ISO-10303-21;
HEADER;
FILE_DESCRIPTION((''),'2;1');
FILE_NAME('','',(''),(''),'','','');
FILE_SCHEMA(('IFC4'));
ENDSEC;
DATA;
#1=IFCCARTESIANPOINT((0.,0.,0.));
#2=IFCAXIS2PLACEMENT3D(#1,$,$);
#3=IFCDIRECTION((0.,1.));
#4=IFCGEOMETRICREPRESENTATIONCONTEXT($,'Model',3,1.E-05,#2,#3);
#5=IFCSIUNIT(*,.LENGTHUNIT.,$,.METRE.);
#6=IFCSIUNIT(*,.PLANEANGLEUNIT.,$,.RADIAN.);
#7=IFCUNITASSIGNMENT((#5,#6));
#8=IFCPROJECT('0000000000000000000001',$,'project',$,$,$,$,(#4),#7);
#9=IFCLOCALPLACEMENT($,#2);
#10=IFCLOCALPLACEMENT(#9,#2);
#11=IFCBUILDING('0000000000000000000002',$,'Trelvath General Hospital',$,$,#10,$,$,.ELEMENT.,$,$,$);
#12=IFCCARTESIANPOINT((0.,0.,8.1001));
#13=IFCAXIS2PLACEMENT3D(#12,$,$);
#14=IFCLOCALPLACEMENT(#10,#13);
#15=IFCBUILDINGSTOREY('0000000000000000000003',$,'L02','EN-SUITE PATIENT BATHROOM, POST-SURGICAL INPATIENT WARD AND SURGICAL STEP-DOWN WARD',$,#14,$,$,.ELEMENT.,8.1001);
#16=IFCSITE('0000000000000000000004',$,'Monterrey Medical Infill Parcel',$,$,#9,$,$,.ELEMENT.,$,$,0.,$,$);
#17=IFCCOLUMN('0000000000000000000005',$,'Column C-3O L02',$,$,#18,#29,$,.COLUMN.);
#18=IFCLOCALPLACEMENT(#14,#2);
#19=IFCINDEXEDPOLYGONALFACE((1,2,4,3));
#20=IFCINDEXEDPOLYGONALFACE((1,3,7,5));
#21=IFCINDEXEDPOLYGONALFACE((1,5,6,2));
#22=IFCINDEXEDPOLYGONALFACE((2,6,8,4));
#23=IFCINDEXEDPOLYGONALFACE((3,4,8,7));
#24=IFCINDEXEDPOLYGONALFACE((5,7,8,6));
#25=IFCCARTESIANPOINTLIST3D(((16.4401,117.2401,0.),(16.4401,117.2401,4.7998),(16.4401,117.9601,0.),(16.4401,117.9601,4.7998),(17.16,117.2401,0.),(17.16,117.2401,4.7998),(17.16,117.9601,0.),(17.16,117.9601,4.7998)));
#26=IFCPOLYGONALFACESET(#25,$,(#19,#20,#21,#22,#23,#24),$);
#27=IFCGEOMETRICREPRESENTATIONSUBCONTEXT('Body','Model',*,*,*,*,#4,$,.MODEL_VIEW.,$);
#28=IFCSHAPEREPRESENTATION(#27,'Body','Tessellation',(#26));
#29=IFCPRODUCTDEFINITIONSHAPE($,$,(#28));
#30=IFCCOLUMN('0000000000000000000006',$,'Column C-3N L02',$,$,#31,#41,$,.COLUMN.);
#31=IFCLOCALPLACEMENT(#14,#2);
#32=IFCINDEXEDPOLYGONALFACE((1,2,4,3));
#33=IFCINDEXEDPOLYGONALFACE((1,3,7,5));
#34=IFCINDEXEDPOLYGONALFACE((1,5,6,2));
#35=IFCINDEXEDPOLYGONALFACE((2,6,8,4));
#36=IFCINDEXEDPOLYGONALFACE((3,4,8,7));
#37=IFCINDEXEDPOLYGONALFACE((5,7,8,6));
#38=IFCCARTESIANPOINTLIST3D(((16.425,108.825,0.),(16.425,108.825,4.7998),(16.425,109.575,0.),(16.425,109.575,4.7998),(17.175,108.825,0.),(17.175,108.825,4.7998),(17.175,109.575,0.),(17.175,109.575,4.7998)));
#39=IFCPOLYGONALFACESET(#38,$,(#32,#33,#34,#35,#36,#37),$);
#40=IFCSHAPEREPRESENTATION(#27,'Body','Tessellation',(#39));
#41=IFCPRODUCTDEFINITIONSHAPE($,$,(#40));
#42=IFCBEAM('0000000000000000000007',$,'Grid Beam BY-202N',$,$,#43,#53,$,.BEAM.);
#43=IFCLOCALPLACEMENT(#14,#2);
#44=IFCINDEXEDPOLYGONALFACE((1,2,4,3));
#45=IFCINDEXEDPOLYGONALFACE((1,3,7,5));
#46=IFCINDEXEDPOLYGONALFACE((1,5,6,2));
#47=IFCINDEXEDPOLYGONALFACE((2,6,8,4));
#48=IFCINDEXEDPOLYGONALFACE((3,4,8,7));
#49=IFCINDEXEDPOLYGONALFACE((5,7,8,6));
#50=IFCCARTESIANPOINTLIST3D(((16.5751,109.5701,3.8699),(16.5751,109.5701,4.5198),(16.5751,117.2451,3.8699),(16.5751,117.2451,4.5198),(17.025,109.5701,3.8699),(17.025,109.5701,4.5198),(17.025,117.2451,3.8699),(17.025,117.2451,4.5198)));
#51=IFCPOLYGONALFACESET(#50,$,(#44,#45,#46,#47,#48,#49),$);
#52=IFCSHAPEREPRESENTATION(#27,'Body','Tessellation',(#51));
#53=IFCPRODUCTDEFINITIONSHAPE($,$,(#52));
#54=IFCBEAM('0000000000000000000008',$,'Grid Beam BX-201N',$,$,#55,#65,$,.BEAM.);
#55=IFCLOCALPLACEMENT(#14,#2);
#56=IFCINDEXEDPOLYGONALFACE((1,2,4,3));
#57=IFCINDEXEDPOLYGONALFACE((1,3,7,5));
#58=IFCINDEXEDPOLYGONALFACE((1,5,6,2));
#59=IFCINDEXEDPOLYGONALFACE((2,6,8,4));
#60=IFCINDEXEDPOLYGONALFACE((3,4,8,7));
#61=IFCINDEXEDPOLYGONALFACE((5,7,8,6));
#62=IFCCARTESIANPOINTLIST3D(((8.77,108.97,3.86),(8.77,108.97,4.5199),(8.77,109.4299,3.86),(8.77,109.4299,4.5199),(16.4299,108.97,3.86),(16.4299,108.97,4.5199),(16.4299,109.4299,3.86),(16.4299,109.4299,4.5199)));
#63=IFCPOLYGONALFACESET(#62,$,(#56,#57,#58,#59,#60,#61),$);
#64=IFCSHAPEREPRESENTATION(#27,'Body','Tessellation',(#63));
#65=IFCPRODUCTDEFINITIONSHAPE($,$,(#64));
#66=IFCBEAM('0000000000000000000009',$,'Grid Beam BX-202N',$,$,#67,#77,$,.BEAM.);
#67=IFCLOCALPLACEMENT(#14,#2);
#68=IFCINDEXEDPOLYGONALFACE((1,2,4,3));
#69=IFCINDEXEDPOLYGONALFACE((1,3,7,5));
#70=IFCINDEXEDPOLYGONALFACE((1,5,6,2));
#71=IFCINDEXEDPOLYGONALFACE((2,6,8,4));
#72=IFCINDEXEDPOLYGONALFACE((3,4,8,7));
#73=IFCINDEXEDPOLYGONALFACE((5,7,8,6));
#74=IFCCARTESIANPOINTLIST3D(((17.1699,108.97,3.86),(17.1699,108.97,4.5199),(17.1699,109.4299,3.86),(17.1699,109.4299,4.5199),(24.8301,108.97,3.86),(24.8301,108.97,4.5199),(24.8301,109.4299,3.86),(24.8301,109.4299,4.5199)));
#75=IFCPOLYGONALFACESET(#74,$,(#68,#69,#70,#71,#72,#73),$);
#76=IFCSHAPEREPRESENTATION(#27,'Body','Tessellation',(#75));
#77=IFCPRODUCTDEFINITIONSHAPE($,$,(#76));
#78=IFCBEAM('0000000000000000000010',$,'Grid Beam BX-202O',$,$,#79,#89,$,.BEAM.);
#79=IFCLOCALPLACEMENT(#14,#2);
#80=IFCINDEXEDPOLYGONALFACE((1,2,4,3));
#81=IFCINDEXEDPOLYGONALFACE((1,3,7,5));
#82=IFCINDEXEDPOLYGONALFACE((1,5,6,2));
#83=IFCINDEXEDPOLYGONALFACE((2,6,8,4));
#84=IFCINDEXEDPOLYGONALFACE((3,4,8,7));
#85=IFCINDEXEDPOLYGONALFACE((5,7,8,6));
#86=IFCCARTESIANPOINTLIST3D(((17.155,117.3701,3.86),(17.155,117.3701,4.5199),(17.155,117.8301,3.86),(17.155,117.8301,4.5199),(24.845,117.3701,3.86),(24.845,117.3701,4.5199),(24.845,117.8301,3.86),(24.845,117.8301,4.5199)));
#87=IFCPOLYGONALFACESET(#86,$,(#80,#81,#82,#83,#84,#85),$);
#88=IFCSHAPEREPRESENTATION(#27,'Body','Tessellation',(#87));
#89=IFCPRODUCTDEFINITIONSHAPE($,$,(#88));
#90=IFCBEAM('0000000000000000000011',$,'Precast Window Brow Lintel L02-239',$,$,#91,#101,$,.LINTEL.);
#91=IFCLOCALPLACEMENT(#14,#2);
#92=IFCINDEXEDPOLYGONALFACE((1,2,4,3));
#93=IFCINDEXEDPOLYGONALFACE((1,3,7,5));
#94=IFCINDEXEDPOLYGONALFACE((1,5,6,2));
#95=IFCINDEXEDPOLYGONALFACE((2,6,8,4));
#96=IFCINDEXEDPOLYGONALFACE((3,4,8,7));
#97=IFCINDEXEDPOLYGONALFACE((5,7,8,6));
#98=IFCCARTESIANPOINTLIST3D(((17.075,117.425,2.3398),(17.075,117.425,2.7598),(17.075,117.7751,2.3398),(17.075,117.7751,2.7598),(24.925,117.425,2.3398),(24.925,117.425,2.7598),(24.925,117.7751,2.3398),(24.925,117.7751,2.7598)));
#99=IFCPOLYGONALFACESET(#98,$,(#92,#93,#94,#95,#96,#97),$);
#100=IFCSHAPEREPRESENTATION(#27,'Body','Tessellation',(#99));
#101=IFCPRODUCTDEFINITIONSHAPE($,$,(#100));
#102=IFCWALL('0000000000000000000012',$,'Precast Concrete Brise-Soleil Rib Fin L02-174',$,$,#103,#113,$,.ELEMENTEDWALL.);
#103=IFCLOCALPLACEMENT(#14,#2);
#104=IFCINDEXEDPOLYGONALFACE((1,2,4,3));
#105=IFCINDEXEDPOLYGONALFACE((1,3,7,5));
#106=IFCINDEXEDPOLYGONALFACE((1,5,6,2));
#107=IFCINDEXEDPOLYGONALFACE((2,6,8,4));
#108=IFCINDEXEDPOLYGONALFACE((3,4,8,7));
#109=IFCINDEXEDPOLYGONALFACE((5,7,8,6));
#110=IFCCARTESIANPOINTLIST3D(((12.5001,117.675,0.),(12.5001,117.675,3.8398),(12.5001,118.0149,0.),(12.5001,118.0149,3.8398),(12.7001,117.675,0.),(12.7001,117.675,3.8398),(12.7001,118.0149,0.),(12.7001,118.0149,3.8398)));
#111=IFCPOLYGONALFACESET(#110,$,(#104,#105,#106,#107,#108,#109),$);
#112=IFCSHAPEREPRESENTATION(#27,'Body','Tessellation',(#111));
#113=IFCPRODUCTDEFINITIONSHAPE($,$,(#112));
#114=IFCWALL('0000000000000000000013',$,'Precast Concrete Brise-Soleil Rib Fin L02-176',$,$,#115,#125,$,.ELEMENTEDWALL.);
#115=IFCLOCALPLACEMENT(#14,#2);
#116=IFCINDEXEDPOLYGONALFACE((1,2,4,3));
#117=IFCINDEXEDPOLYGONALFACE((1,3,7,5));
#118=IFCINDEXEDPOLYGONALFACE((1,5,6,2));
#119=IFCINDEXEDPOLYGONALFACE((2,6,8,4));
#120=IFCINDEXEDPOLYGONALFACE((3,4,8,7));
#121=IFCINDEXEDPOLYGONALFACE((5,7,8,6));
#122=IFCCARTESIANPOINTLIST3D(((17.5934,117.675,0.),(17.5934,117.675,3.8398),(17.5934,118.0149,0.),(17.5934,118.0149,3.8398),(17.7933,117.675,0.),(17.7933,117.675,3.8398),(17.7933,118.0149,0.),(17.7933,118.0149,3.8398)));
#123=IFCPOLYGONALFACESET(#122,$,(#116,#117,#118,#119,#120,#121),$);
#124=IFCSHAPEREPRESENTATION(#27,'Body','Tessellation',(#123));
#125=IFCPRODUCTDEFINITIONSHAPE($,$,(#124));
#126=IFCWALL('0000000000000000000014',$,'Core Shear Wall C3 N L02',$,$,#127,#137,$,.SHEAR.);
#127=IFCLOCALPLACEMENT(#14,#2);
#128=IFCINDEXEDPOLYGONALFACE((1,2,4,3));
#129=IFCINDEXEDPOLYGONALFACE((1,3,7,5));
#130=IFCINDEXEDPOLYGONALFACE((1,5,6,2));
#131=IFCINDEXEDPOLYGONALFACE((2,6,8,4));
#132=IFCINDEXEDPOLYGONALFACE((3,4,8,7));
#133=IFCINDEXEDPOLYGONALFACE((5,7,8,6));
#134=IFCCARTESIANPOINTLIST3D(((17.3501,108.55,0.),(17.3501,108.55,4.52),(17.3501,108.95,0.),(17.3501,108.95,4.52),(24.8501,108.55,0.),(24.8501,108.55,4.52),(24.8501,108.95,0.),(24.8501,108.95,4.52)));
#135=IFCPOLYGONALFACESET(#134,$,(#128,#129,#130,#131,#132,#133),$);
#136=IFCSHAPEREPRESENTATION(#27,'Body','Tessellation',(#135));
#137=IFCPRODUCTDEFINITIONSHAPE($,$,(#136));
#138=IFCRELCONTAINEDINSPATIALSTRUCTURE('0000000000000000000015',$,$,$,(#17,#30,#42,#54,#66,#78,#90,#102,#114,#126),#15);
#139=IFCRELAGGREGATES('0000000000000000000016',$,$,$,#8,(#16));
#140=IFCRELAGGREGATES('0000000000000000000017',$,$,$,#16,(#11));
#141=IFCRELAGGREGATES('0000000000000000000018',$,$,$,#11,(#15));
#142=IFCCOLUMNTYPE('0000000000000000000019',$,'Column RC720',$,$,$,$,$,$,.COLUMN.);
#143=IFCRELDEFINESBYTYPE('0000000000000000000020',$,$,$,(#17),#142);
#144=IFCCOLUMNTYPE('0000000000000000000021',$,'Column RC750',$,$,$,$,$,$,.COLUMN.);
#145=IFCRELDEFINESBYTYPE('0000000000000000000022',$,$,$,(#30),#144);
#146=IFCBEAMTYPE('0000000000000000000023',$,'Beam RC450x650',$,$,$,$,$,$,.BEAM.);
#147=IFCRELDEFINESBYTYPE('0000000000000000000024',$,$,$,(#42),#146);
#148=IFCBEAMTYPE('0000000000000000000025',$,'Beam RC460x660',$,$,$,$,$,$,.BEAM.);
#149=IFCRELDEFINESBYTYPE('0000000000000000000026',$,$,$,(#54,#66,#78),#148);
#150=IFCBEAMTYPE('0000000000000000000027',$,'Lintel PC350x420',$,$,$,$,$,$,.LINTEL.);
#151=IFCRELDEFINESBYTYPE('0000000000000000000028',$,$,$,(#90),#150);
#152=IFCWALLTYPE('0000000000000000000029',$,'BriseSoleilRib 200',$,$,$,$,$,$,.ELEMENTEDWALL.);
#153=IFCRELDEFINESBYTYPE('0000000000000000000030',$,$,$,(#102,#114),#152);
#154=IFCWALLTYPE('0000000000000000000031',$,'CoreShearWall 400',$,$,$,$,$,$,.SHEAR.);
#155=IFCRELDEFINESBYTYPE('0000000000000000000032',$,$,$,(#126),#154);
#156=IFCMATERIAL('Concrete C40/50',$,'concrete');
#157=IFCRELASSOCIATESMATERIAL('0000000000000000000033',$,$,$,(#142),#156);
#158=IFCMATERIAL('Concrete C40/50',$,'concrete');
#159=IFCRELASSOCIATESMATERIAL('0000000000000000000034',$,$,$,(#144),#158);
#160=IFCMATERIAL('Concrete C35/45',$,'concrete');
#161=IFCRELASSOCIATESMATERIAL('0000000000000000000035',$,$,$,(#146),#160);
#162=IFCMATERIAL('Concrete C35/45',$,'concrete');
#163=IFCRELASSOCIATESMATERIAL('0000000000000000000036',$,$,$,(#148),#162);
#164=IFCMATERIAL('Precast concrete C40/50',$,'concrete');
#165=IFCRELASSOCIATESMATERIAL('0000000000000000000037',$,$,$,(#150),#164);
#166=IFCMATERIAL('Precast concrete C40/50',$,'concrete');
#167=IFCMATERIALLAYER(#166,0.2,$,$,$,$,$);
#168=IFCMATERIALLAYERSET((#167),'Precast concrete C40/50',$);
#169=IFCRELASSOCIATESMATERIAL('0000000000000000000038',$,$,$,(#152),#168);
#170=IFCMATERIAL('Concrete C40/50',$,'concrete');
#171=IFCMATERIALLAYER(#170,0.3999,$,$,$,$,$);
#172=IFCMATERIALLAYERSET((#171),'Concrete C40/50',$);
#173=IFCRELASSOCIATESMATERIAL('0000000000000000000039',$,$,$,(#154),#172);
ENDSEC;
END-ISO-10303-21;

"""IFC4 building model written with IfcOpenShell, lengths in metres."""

from ifc_helpers import new_model, si_unit, direction, frame, frame_2d, origin, origin_2d, place, context, subcontext, project, spatial, rectangle, extrude, material, layer, layer_set, material_profile, profile_set, type_object, element, save


model = new_model("IFC4")

# Units and contexts
model_context = context("Model", 3, precision=1e-05, world=origin(), true_north=direction((0.0, 1.0)))
body_context = subcontext(model_context, "Body", "Model", "MODEL_VIEW")
ifc_project = project(units=[si_unit("LENGTHUNIT", "METRE"), si_unit("PLANEANGLEUNIT", "RADIAN")], contexts=[model_context])

# Site, building, storey
site_placement = place(None, origin())
site = spatial("IfcSite", under=ifc_project, at=site_placement, Name="Monterrey Medical Infill Parcel", CompositionType="ELEMENT", RefElevation=0.0)
building_placement = place(site_placement, origin())
building = spatial("IfcBuilding", under=site, at=building_placement, Name="Trelvath General Hospital", CompositionType="ELEMENT")
storey_placement = place(building_placement, frame((0.0, 0.0, 8.1001)))
storey = spatial("IfcBuildingStorey", under=building, at=storey_placement, Name="L02", Description="EN-SUITE PATIENT BATHROOM, POST-SURGICAL INPATIENT WARD AND SURGICAL STEP-DOWN WARD", CompositionType="ELEMENT", Elevation=8.1001)

# Columns
ifc_material_1 = material(Name="Concrete C40/50", Category="concrete")
ifc_material_profile_1 = material_profile(ifc_material_1, rectangle(XDim=0.72, YDim=0.72, at=origin_2d()), Name="RC720x720")
ifc_profile_set_1 = profile_set([ifc_material_profile_1], Name="Concrete C40/50")
column_type_1 = type_object("IfcColumnType", Name="Column RC720", PredefinedType="COLUMN", material=ifc_profile_set_1)
column_1_placement = place(storey_placement, frame((16.8, 117.6001, 0.0), z_axis=(0.0, 0.0, 1.0), x_axis=(1.0, 0.0, 0.0)))
element("IfcColumn", 1, at=column_1_placement, inside=storey, type_object=column_type_1, Name="Column C-3O L02", PredefinedType="COLUMN", context=body_context, shape_type="SweptSolid", body=[
    extrude(rectangle(XDim=0.72, YDim=0.72, at=origin_2d()), origin(), (0.0, 0.0, 1.0), 4.7998),
])
ifc_material_2 = material(Name="Concrete C40/50", Category="concrete")
ifc_material_profile_2 = material_profile(ifc_material_2, rectangle(XDim=0.75, YDim=0.75, at=origin_2d()), Name="RC750x750")
ifc_profile_set_2 = profile_set([ifc_material_profile_2], Name="Concrete C40/50")
column_type_2 = type_object("IfcColumnType", Name="Column RC750", PredefinedType="COLUMN", material=ifc_profile_set_2)
column_2_placement = place(storey_placement, frame((16.8, 109.2, 0.0), z_axis=(0.0, 0.0, 1.0), x_axis=(1.0, 0.0, 0.0)))
element("IfcColumn", 2, at=column_2_placement, inside=storey, type_object=column_type_2, Name="Column C-3N L02", PredefinedType="COLUMN", context=body_context, shape_type="SweptSolid", body=[
    extrude(rectangle(XDim=0.75, YDim=0.75, at=origin_2d()), origin(), (0.0, 0.0, 1.0), 4.7998),
])

# Beams
ifc_material_3 = material(Name="Concrete C35/45", Category="concrete")
ifc_material_profile_3 = material_profile(ifc_material_3, rectangle(XDim=0.45, YDim=0.6499, at=origin_2d()), Name="RCB450x650")
ifc_profile_set_3 = profile_set([ifc_material_profile_3], Name="Concrete C35/45")
beam_type_1 = type_object("IfcBeamType", Name="Beam RC450x650", PredefinedType="BEAM", material=ifc_profile_set_3)
beam_1_placement = place(storey_placement, frame((16.8, 109.5701, 4.1948), z_axis=(0.0, 1.0, 0.0), x_axis=(-1.0, 0.0, 0.0)))
element("IfcBeam", 3, at=beam_1_placement, inside=storey, type_object=beam_type_1, Name="Grid Beam BY-202N", PredefinedType="BEAM", context=body_context, shape_type="SweptSolid", body=[
    extrude(rectangle(XDim=0.45, YDim=0.6499, at=origin_2d()), origin(), (0.0, 0.0, 1.0), 7.675),
])
ifc_material_4 = material(Name="Concrete C35/45", Category="concrete")
ifc_material_profile_4 = material_profile(ifc_material_4, rectangle(XDim=0.46, YDim=0.6599, at=origin_2d()), Name="RCB460x660")
ifc_profile_set_4 = profile_set([ifc_material_profile_4], Name="Concrete C35/45")
beam_type_2 = type_object("IfcBeamType", Name="Beam RC460x660", PredefinedType="BEAM", material=ifc_profile_set_4)
beam_2_placement = place(storey_placement, frame((8.77, 109.2, 4.1899), z_axis=(1.0, 0.0, 0.0), x_axis=(0.0, 1.0, 0.0)))
element("IfcBeam", 4, at=beam_2_placement, inside=storey, type_object=beam_type_2, Name="Grid Beam BX-201N", PredefinedType="BEAM", context=body_context, shape_type="SweptSolid", body=[
    extrude(rectangle(XDim=0.46, YDim=0.6599, at=origin_2d()), origin(), (0.0, 0.0, 1.0), 7.6599),
])
beam_3_placement = place(storey_placement, frame((17.1699, 109.2, 4.1899), z_axis=(1.0, 0.0, 0.0), x_axis=(0.0, 1.0, 0.0)))
element("IfcBeam", 5, at=beam_3_placement, inside=storey, type_object=beam_type_2, Name="Grid Beam BX-202N", PredefinedType="BEAM", context=body_context, shape_type="SweptSolid", body=[
    extrude(rectangle(XDim=0.46, YDim=0.6599, at=origin_2d()), origin(), (0.0, 0.0, 1.0), 7.6602),
])
beam_4_placement = place(storey_placement, frame((17.155, 117.6001, 4.1899), z_axis=(1.0, 0.0, 0.0), x_axis=(0.0, 1.0, 0.0)))
element("IfcBeam", 6, at=beam_4_placement, inside=storey, type_object=beam_type_2, Name="Grid Beam BX-202O", PredefinedType="BEAM", context=body_context, shape_type="SweptSolid", body=[
    extrude(rectangle(XDim=0.46, YDim=0.6599, at=origin_2d()), origin(), (0.0, 0.0, 1.0), 7.6899),
])
ifc_material_5 = material(Name="Precast concrete C40/50", Category="concrete")
ifc_material_profile_5 = material_profile(ifc_material_5, rectangle(XDim=0.3501, YDim=0.4199, at=origin_2d()), Name="PCL350x420")
ifc_profile_set_5 = profile_set([ifc_material_profile_5], Name="Precast concrete C40/50")
beam_type_3 = type_object("IfcBeamType", Name="Lintel PC350x420", PredefinedType="LINTEL", material=ifc_profile_set_5)
beam_5_placement = place(storey_placement, frame((17.075, 117.6001, 2.5498), z_axis=(1.0, 0.0, 0.0), x_axis=(0.0, 1.0, 0.0)))
element("IfcBeam", 7, at=beam_5_placement, inside=storey, type_object=beam_type_3, Name="Precast Window Brow Lintel L02-239", PredefinedType="LINTEL", context=body_context, shape_type="SweptSolid", body=[
    extrude(rectangle(XDim=0.3501, YDim=0.4199, at=origin_2d()), origin(), (0.0, 0.0, 1.0), 7.8501),
])

# Walls
ifc_material_6 = material(Name="Precast concrete C40/50", Category="concrete")
ifc_layer_1 = layer(ifc_material_6, 0.2)
ifc_layer_set_1 = layer_set([ifc_layer_1], Name="Precast concrete C40/50")
wall_type_1 = type_object("IfcWallType", Name="BriseSoleilRib 200", PredefinedType="ELEMENTEDWALL", material=ifc_layer_set_1)
for number, where, z_axis, x_axis, name in (
    (8, (12.6001, 117.675, 0.0), (0.0, 0.0, 1.0), (0.0, 1.0, 0.0), "Precast Concrete Brise-Soleil Rib Fin L02-174"),
    (9, (17.6934, 117.675, 0.0), (0.0, 0.0, 1.0), (0.0, 1.0, 0.0), "Precast Concrete Brise-Soleil Rib Fin L02-176"),
):
    element("IfcWall", number, at=place(storey_placement, frame(where, z_axis=z_axis, x_axis=x_axis)), inside=storey, type_object=wall_type_1, Name=name, PredefinedType="ELEMENTEDWALL", context=body_context, shape_type="SweptSolid", body=[
        extrude(rectangle(XDim=0.3398, YDim=0.2, at=frame_2d((0.1699, 0.0))), origin(), (0.0, 0.0, 1.0), 3.8398),
    ])
ifc_material_7 = material(Name="Concrete C40/50", Category="concrete")
ifc_layer_2 = layer(ifc_material_7, 0.3999)
ifc_layer_set_2 = layer_set([ifc_layer_2], Name="Concrete C40/50")
wall_type_2 = type_object("IfcWallType", Name="CoreShearWall 400", PredefinedType="SHEAR", material=ifc_layer_set_2)
wall_1_placement = place(storey_placement, frame((17.3501, 108.75, 0.0), z_axis=(0.0, 0.0, 1.0), x_axis=(1.0, 0.0, 0.0)))
element("IfcWall", 10, at=wall_1_placement, inside=storey, type_object=wall_type_2, Name="Core Shear Wall C3 N L02", PredefinedType="SHEAR", context=body_context, shape_type="SweptSolid", body=[
    extrude(rectangle(XDim=7.5, YDim=0.3999, at=frame_2d((3.75, 0.0))), origin(), (0.0, 0.0, 1.0), 4.52),
])

save(model, "model.ifc")
